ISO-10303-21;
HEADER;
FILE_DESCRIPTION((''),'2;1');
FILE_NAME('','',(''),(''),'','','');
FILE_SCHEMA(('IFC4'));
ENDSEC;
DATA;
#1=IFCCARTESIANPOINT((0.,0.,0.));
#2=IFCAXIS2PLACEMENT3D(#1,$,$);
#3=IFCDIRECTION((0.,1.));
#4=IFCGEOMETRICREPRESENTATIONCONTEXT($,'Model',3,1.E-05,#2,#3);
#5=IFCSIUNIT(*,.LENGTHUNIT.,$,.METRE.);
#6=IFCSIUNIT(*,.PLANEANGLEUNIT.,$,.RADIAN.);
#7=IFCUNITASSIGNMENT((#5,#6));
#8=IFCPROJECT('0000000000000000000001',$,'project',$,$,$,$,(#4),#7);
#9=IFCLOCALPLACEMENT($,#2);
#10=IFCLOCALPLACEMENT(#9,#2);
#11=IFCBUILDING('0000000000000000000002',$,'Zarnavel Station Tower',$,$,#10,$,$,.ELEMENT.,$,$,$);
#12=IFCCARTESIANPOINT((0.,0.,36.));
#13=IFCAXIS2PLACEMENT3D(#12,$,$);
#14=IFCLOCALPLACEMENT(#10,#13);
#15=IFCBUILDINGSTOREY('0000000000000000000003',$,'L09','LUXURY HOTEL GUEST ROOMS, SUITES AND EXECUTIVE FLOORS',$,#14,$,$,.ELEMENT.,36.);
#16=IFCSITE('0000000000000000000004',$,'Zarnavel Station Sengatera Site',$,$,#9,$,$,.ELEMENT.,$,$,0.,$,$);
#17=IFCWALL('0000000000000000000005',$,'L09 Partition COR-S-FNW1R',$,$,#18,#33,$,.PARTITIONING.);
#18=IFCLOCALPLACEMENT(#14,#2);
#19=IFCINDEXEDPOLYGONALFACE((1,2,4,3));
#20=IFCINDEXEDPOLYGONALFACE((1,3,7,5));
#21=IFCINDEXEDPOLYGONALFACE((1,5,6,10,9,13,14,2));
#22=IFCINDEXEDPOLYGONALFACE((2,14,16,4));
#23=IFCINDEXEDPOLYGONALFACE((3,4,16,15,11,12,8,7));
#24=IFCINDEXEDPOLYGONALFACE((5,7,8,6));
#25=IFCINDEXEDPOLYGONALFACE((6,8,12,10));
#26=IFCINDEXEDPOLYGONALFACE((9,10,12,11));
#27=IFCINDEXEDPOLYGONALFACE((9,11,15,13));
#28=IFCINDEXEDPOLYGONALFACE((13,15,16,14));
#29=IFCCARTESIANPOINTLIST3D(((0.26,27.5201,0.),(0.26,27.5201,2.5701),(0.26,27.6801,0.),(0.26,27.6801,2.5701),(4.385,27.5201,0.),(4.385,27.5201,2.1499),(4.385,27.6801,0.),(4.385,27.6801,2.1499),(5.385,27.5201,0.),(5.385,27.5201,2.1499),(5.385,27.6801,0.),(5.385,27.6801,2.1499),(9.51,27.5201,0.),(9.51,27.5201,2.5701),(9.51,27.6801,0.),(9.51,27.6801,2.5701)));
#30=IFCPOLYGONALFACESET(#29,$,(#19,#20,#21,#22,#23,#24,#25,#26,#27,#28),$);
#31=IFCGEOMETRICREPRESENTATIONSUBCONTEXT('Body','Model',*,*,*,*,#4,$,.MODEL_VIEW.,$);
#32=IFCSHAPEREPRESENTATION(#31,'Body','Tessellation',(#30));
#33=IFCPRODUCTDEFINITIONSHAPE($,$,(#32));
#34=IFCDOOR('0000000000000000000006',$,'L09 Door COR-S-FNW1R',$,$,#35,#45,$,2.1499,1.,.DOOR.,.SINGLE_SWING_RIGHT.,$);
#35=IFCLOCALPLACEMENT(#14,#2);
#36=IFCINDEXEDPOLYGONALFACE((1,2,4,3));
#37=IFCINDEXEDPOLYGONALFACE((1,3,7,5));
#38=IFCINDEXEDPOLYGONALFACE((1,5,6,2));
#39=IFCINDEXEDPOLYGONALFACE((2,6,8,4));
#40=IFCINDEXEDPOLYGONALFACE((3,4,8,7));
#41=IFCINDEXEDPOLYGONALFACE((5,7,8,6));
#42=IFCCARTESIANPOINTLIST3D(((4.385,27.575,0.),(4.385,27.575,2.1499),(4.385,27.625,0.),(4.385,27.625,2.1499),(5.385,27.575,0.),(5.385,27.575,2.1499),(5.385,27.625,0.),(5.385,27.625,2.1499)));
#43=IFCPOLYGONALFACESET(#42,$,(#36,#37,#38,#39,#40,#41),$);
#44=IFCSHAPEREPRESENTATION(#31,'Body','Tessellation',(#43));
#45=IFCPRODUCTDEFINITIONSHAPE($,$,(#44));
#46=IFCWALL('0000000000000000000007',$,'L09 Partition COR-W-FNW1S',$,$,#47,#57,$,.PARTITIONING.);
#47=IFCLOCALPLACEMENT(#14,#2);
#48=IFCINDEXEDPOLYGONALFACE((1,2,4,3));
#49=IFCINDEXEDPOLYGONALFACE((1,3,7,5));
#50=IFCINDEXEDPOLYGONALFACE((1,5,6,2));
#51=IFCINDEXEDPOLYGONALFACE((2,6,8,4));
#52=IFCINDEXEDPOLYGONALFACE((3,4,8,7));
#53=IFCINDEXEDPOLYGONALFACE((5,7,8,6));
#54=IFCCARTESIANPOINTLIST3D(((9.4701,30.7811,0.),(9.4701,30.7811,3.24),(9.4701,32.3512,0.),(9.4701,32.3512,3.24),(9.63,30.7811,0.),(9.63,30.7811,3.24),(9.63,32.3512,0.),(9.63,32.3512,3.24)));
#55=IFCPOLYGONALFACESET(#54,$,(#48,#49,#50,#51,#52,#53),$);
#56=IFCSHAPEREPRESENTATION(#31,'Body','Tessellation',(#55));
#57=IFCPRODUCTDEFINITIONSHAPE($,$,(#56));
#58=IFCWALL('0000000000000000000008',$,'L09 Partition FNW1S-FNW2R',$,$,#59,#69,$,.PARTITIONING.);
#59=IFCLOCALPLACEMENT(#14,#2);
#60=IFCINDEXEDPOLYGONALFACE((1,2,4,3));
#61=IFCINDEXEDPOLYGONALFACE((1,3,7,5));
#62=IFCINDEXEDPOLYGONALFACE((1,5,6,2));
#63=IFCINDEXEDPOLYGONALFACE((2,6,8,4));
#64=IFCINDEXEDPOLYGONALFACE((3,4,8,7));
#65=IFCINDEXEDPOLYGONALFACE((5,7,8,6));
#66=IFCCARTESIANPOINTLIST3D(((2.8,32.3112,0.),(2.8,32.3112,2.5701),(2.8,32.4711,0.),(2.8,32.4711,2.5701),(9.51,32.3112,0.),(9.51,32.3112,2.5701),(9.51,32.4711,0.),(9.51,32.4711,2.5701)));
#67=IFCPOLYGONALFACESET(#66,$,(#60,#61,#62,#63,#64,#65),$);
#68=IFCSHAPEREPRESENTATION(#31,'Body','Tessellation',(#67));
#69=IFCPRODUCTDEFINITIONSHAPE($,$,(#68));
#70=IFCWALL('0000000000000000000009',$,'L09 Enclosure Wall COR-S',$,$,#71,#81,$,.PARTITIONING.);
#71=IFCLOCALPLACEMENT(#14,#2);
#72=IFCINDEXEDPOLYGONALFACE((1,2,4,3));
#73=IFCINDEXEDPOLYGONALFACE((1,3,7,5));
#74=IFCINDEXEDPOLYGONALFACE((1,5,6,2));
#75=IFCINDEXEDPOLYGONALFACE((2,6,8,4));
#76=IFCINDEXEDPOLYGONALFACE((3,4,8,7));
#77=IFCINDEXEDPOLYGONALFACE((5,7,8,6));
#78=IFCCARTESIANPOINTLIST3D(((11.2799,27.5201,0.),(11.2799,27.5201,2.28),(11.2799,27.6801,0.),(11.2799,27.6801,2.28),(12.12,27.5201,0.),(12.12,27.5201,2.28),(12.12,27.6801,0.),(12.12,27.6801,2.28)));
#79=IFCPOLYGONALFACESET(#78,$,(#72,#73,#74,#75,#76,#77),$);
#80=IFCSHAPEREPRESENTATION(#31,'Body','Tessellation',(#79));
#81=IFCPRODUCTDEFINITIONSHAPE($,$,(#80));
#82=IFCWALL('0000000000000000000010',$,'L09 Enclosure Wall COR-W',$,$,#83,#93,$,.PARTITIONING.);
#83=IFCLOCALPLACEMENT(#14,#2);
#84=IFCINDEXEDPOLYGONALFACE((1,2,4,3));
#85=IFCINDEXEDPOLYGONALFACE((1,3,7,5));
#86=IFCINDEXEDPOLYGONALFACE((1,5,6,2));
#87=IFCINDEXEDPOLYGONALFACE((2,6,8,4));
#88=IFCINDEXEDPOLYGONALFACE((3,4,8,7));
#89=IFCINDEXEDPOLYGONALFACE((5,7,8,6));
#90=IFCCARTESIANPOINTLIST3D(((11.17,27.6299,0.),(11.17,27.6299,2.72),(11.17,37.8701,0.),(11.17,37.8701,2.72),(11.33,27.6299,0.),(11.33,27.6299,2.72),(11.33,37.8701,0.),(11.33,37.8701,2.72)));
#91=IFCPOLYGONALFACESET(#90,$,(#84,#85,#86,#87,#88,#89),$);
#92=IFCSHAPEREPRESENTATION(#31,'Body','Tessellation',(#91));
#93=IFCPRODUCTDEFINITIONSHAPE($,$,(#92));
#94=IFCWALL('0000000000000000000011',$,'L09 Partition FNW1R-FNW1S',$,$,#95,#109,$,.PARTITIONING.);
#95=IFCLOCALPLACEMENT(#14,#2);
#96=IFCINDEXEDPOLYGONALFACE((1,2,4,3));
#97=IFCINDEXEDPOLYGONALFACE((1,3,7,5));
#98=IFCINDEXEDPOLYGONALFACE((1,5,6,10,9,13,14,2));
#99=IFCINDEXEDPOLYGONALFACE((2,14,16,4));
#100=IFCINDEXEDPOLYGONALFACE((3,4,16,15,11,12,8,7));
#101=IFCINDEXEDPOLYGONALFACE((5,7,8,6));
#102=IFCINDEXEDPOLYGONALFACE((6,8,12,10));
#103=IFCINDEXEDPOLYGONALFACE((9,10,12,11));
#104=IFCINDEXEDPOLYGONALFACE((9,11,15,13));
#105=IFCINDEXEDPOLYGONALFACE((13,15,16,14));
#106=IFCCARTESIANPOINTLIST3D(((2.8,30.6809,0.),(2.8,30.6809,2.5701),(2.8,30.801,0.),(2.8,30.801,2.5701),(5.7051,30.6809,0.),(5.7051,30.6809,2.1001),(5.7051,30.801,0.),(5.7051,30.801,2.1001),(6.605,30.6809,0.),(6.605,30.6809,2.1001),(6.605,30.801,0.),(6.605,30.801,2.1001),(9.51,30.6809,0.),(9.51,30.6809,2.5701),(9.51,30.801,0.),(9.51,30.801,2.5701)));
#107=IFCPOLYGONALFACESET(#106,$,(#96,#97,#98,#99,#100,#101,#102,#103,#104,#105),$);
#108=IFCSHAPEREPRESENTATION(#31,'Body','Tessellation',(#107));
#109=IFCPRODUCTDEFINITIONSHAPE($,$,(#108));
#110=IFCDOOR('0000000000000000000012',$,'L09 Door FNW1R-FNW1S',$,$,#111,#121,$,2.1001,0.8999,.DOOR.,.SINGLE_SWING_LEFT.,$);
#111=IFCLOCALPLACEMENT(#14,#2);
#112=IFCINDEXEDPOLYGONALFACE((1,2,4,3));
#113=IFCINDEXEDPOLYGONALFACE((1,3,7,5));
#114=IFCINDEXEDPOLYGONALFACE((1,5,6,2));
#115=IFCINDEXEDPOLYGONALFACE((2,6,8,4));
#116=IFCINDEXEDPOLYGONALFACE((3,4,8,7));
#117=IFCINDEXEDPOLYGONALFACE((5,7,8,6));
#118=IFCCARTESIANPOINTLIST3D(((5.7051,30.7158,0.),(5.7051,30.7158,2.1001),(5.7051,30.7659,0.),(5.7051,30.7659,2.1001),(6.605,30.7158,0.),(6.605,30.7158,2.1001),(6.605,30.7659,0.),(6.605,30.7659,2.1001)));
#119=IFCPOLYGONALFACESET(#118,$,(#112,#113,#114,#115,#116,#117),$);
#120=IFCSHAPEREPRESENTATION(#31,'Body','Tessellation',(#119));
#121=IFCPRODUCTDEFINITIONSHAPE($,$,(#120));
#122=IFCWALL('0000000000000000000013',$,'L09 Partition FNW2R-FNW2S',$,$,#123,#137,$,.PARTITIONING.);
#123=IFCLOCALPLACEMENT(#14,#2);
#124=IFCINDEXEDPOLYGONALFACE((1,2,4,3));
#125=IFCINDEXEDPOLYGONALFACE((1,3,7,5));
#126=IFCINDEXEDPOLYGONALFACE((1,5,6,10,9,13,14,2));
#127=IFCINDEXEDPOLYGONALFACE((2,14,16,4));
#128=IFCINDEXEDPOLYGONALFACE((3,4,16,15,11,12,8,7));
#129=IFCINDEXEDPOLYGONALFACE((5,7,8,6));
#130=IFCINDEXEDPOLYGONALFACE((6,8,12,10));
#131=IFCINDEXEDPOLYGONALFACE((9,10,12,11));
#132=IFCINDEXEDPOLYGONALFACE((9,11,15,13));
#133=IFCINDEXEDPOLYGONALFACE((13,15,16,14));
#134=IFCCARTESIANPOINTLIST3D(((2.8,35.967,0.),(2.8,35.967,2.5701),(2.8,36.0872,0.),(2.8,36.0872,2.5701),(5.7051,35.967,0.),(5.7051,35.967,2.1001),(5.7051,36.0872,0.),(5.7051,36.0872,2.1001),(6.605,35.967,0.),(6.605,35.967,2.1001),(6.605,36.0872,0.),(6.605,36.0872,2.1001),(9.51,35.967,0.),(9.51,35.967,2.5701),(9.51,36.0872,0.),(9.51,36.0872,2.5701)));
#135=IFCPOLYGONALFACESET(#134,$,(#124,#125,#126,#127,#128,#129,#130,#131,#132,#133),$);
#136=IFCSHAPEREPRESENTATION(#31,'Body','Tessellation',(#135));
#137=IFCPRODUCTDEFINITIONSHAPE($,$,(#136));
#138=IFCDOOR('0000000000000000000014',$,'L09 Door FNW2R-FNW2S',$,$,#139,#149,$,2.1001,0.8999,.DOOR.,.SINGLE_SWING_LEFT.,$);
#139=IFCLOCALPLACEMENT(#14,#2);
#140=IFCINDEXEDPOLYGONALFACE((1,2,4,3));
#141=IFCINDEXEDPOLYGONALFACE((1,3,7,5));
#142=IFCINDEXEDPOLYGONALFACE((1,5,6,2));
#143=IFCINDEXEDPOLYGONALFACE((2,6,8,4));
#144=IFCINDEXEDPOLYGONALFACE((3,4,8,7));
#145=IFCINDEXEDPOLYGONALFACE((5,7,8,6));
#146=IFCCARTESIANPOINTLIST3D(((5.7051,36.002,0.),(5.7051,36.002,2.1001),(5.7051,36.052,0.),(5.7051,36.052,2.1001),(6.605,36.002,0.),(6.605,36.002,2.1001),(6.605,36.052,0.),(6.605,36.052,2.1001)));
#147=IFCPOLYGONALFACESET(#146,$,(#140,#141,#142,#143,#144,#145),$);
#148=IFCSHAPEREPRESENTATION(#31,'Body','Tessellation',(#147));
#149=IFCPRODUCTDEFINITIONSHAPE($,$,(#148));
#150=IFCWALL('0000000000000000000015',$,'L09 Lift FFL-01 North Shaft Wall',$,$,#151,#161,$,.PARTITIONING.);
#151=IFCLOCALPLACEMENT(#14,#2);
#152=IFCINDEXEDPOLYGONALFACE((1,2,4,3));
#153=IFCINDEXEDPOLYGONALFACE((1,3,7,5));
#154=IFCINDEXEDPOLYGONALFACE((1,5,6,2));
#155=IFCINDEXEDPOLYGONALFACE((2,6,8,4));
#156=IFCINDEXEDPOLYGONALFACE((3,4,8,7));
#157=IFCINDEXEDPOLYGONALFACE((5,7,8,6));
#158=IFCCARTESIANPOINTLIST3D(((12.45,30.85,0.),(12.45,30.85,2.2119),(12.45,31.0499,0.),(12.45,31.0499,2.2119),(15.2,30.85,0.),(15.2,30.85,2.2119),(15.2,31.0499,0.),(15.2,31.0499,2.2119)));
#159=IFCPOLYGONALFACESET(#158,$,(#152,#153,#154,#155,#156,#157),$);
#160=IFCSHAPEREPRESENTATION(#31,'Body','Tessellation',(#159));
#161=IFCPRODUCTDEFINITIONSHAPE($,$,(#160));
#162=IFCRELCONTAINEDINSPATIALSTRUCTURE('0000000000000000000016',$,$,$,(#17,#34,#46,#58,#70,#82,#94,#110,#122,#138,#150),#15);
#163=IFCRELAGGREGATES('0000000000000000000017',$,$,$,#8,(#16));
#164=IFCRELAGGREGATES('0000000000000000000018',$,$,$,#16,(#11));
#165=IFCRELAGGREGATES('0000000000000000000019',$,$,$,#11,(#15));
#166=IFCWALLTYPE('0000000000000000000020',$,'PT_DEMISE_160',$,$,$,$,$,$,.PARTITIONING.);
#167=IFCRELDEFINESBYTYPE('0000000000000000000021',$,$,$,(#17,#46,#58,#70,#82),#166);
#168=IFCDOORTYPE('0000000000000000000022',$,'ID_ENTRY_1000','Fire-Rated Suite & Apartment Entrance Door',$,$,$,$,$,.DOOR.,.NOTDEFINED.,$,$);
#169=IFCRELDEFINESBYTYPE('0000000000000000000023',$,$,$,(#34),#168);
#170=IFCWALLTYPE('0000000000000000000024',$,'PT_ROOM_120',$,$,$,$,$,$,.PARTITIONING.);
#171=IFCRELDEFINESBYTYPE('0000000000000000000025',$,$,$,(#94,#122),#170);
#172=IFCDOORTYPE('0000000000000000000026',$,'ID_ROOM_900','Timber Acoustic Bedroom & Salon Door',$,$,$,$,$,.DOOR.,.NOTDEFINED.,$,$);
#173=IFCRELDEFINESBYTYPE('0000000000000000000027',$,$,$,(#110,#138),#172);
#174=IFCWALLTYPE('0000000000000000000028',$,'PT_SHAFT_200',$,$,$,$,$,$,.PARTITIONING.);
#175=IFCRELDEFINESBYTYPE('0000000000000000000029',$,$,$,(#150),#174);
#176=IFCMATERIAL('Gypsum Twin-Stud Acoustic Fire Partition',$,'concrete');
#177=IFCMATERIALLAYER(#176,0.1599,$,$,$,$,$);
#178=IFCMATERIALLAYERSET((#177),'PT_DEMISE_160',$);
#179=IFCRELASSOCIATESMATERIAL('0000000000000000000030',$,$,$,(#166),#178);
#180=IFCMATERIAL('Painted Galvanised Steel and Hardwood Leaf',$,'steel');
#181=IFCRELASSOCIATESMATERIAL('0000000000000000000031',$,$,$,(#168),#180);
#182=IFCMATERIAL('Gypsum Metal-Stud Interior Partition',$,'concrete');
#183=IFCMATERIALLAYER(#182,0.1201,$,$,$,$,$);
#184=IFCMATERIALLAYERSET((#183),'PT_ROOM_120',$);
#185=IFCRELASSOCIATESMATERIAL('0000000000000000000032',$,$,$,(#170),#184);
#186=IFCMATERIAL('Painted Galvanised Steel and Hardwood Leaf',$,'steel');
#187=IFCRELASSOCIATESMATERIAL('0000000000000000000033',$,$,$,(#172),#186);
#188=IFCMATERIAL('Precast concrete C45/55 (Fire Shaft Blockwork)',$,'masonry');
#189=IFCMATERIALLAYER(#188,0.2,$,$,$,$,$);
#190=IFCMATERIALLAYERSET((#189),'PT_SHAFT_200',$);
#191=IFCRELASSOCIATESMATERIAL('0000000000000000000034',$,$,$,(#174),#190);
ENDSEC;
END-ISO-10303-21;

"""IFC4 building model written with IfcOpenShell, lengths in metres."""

from ifc_helpers import new_model, si_unit, direction, frame, frame_2d, origin, place, context, subcontext, project, spatial, rectangle, extrude, material, layer, layer_set, type_object, element, fill, save


model = new_model("IFC4")

# Units and contexts
model_context = context("Model", 3, precision=1e-05, world=origin(), true_north=direction((0.0, 1.0)))
body_context = subcontext(model_context, "Body", "Model", "MODEL_VIEW")
ifc_project = project(units=[si_unit("LENGTHUNIT", "METRE"), si_unit("PLANEANGLEUNIT", "RADIAN")], contexts=[model_context])

# Site, building, storey
site_placement = place(None, origin())
site = spatial("IfcSite", under=ifc_project, at=site_placement, Name="Zarnavel Station Sengatera Site", CompositionType="ELEMENT", RefElevation=0.0)
building_placement = place(site_placement, origin())
building = spatial("IfcBuilding", under=site, at=building_placement, Name="Zarnavel Station Tower", CompositionType="ELEMENT")
storey_placement = place(building_placement, frame((0.0, 0.0, 36.0)))
storey = spatial("IfcBuildingStorey", under=building, at=storey_placement, Name="L09", Description="LUXURY HOTEL GUEST ROOMS, SUITES AND EXECUTIVE FLOORS", CompositionType="ELEMENT", Elevation=36.0)

# Wall, opening, door
ifc_material_1 = material(Name="Gypsum Twin-Stud Acoustic Fire Partition", Category="concrete")
ifc_layer_1 = layer(ifc_material_1, 0.1599)
ifc_layer_set_1 = layer_set([ifc_layer_1], Name="PT_DEMISE_160")
wall_type_1 = type_object("IfcWallType", Name="PT_DEMISE_160", PredefinedType="PARTITIONING", material=ifc_layer_set_1)
wall_1_placement = place(storey_placement, frame((0.26, 27.6001, 0.0), z_axis=(0.0, 0.0, 1.0), x_axis=(1.0, 0.0, 0.0)))
wall_1 = element("IfcWall", 1, at=wall_1_placement, inside=storey, type_object=wall_type_1, Name="L09 Partition COR-S-FNW1R", PredefinedType="PARTITIONING", context=body_context, shape_type="SweptSolid", body=[
    extrude(rectangle(XDim=9.25, YDim=0.1599, at=frame_2d((4.625, 0.0))), origin(), (0.0, 0.0, 1.0), 2.5701),
])
opening_1_placement = place(wall_1_placement, frame((4.125, 0.0, 0.0)))
opening_1 = element("IfcOpeningElement", 2, at=opening_1_placement, cuts=wall_1, PredefinedType="OPENING", context=body_context, shape_type="SweptSolid", body=[
    extrude(rectangle(XDim=1.0, YDim=2.1499, at=frame_2d((0.5, 1.075))), frame((0.0, 0.0898, 0.0), z_axis=(0.0, -1.0, 0.0), x_axis=(1.0, 0.0, 0.0)), (0.0, 0.0, 1.0), 0.1799),
])
ifc_material_2 = material(Name="Painted Galvanised Steel and Hardwood Leaf", Category="steel")
door_type_1 = type_object("IfcDoorType", Name="ID_ENTRY_1000", Description="Fire-Rated Suite & Apartment Entrance Door", OperationType="NOTDEFINED", PredefinedType="DOOR", material=ifc_material_2)
door_1_placement = place(opening_1_placement, origin())
door_1 = element("IfcDoor", 3, at=door_1_placement, inside=storey, type_object=door_type_1, Name="L09 Door COR-S-FNW1R", OperationType="SINGLE_SWING_RIGHT", OverallHeight=2.1499, OverallWidth=1.0, PredefinedType="DOOR", context=body_context, shape_type="SweptSolid", body=[
    extrude(rectangle(XDim=1.0, YDim=2.1499, at=frame_2d((0.5, 1.075))), frame((0.0, 0.0249, 0.0), z_axis=(0.0, -1.0, 0.0), x_axis=(1.0, 0.0, 0.0)), (0.0, 0.0, 1.0), 0.05),
])
fill(opening_1, door_1)

# Wall
wall_2_placement = place(storey_placement, frame((9.55, 30.781, 0.0), z_axis=(0.0, 0.0, 1.0), x_axis=(0.0, 1.0, 0.0)))
element("IfcWall", 4, at=wall_2_placement, inside=storey, type_object=wall_type_1, Name="L09 Partition COR-W-FNW1S", PredefinedType="PARTITIONING", context=body_context, shape_type="SweptSolid", body=[
    extrude(rectangle(XDim=1.5701, YDim=0.1599, at=frame_2d((0.7852, 0.0))), origin(), (0.0, 0.0, 1.0), 3.24),
])

# Walls
wall_3_placement = place(storey_placement, frame((2.8, 32.3911, 0.0), z_axis=(0.0, 0.0, 1.0), x_axis=(1.0, 0.0, 0.0)))
element("IfcWall", 5, at=wall_3_placement, inside=storey, type_object=wall_type_1, Name="L09 Partition FNW1S-FNW2R", PredefinedType="PARTITIONING", context=body_context, shape_type="SweptSolid", body=[
    extrude(rectangle(XDim=6.71, YDim=0.1599, at=frame_2d((3.355, 0.0))), origin(), (0.0, 0.0, 1.0), 2.5701),
])
wall_4_placement = place(storey_placement, frame((11.28, 27.6001, 0.0), z_axis=(0.0, 0.0, 1.0), x_axis=(1.0, 0.0, 0.0)))
element("IfcWall", 6, at=wall_4_placement, inside=storey, type_object=wall_type_1, Name="L09 Enclosure Wall COR-S", PredefinedType="PARTITIONING", context=body_context, shape_type="SweptSolid", body=[
    extrude(rectangle(XDim=0.8401, YDim=0.1599, at=frame_2d((0.4199, 0.0))), origin(), (0.0, 0.0, 1.0), 2.28),
])
wall_5_placement = place(storey_placement, frame((11.25, 27.6299, 0.0), z_axis=(0.0, 0.0, 1.0), x_axis=(0.0, 1.0, 0.0)))
element("IfcWall", 7, at=wall_5_placement, inside=storey, type_object=wall_type_1, Name="L09 Enclosure Wall COR-W", PredefinedType="PARTITIONING", context=body_context, shape_type="SweptSolid", body=[
    extrude(rectangle(XDim=10.2402, YDim=0.1599, at=frame_2d((5.1201, 0.0))), origin(), (0.0, 0.0, 1.0), 2.72),
])

# Walls, openings, doors
ifc_material_3 = material(Name="Gypsum Metal-Stud Interior Partition", Category="concrete")
ifc_layer_2 = layer(ifc_material_3, 0.1201)
ifc_layer_set_2 = layer_set([ifc_layer_2], Name="PT_ROOM_120")
wall_type_2 = type_object("IfcWallType", Name="PT_ROOM_120", PredefinedType="PARTITIONING", material=ifc_layer_set_2)
wall_6_placement = place(storey_placement, frame((2.8, 30.741, 0.0), z_axis=(0.0, 0.0, 1.0), x_axis=(1.0, 0.0, 0.0)))
wall_6 = element("IfcWall", 8, at=wall_6_placement, inside=storey, type_object=wall_type_2, Name="L09 Partition FNW1R-FNW1S", PredefinedType="PARTITIONING", context=body_context, shape_type="SweptSolid", body=[
    extrude(rectangle(XDim=6.71, YDim=0.1201, at=frame_2d((3.355, 0.0))), origin(), (0.0, 0.0, 1.0), 2.5701),
])
opening_2_placement = place(wall_6_placement, frame((2.905, 0.0, 0.0)))
opening_2 = element("IfcOpeningElement", 9, at=opening_2_placement, cuts=wall_6, PredefinedType="OPENING", context=body_context, shape_type="SweptSolid", body=[
    extrude(rectangle(XDim=0.8999, YDim=2.1001, at=frame_2d((0.45, 1.05))), frame((0.0, 0.0701, 0.0), z_axis=(0.0, -1.0, 0.0), x_axis=(1.0, 0.0, 0.0)), (0.0, 0.0, 1.0), 0.1401),
])
ifc_material_4 = material(Name="Painted Galvanised Steel and Hardwood Leaf", Category="steel")
door_type_2 = type_object("IfcDoorType", Name="ID_ROOM_900", Description="Timber Acoustic Bedroom & Salon Door", OperationType="NOTDEFINED", PredefinedType="DOOR", material=ifc_material_4)
door_2_placement = place(opening_2_placement, origin())
door_2 = element("IfcDoor", 10, at=door_2_placement, inside=storey, type_object=door_type_2, Name="L09 Door FNW1R-FNW1S", OperationType="SINGLE_SWING_LEFT", OverallHeight=2.1001, OverallWidth=0.8999, PredefinedType="DOOR", context=body_context, shape_type="SweptSolid", body=[
    extrude(rectangle(XDim=0.8999, YDim=2.1001, at=frame_2d((0.45, 1.05))), frame((0.0, 0.0249, 0.0), z_axis=(0.0, -1.0, 0.0), x_axis=(1.0, 0.0, 0.0)), (0.0, 0.0, 1.0), 0.05),
])
fill(opening_2, door_2)
wall_7_placement = place(storey_placement, frame((2.8, 36.0271, 0.0), z_axis=(0.0, 0.0, 1.0), x_axis=(1.0, 0.0, 0.0)))
wall_7 = element("IfcWall", 11, at=wall_7_placement, inside=storey, type_object=wall_type_2, Name="L09 Partition FNW2R-FNW2S", PredefinedType="PARTITIONING", context=body_context, shape_type="SweptSolid", body=[
    extrude(rectangle(XDim=6.71, YDim=0.1201, at=frame_2d((3.355, 0.0))), origin(), (0.0, 0.0, 1.0), 2.5701),
])
opening_3_placement = place(wall_7_placement, frame((2.905, 0.0, 0.0)))
opening_3 = element("IfcOpeningElement", 12, at=opening_3_placement, cuts=wall_7, PredefinedType="OPENING", context=body_context, shape_type="SweptSolid", body=[
    extrude(rectangle(XDim=0.8999, YDim=2.1001, at=frame_2d((0.45, 1.05))), frame((0.0, 0.0701, 0.0), z_axis=(0.0, -1.0, 0.0), x_axis=(1.0, 0.0, 0.0)), (0.0, 0.0, 1.0), 0.1401),
])
door_3_placement = place(opening_3_placement, origin())
door_3 = element("IfcDoor", 13, at=door_3_placement, inside=storey, type_object=door_type_2, Name="L09 Door FNW2R-FNW2S", OperationType="SINGLE_SWING_LEFT", OverallHeight=2.1001, OverallWidth=0.8999, PredefinedType="DOOR", context=body_context, shape_type="SweptSolid", body=[
    extrude(rectangle(XDim=0.8999, YDim=2.1001, at=frame_2d((0.45, 1.05))), frame((0.0, 0.0249, 0.0), z_axis=(0.0, -1.0, 0.0), x_axis=(1.0, 0.0, 0.0)), (0.0, 0.0, 1.0), 0.05),
])
fill(opening_3, door_3)

# Wall
ifc_material_5 = material(Name="Precast concrete C45/55 (Fire Shaft Blockwork)", Category="masonry")
ifc_layer_3 = layer(ifc_material_5, 0.2)
ifc_layer_set_3 = layer_set([ifc_layer_3], Name="PT_SHAFT_200")
wall_type_3 = type_object("IfcWallType", Name="PT_SHAFT_200", PredefinedType="PARTITIONING", material=ifc_layer_set_3)
wall_8_placement = place(storey_placement, frame((12.45, 30.95, 0.0), z_axis=(0.0, 0.0, 1.0), x_axis=(1.0, 0.0, 0.0)))
element("IfcWall", 14, at=wall_8_placement, inside=storey, type_object=wall_type_3, Name="L09 Lift FFL-01 North Shaft Wall", PredefinedType="PARTITIONING", context=body_context, shape_type="SweptSolid", body=[
    extrude(rectangle(XDim=2.75, YDim=0.2, at=frame_2d((1.375, 0.0))), origin(), (0.0, 0.0, 1.0), 2.2119),
])

save(model, "model.ifc")
